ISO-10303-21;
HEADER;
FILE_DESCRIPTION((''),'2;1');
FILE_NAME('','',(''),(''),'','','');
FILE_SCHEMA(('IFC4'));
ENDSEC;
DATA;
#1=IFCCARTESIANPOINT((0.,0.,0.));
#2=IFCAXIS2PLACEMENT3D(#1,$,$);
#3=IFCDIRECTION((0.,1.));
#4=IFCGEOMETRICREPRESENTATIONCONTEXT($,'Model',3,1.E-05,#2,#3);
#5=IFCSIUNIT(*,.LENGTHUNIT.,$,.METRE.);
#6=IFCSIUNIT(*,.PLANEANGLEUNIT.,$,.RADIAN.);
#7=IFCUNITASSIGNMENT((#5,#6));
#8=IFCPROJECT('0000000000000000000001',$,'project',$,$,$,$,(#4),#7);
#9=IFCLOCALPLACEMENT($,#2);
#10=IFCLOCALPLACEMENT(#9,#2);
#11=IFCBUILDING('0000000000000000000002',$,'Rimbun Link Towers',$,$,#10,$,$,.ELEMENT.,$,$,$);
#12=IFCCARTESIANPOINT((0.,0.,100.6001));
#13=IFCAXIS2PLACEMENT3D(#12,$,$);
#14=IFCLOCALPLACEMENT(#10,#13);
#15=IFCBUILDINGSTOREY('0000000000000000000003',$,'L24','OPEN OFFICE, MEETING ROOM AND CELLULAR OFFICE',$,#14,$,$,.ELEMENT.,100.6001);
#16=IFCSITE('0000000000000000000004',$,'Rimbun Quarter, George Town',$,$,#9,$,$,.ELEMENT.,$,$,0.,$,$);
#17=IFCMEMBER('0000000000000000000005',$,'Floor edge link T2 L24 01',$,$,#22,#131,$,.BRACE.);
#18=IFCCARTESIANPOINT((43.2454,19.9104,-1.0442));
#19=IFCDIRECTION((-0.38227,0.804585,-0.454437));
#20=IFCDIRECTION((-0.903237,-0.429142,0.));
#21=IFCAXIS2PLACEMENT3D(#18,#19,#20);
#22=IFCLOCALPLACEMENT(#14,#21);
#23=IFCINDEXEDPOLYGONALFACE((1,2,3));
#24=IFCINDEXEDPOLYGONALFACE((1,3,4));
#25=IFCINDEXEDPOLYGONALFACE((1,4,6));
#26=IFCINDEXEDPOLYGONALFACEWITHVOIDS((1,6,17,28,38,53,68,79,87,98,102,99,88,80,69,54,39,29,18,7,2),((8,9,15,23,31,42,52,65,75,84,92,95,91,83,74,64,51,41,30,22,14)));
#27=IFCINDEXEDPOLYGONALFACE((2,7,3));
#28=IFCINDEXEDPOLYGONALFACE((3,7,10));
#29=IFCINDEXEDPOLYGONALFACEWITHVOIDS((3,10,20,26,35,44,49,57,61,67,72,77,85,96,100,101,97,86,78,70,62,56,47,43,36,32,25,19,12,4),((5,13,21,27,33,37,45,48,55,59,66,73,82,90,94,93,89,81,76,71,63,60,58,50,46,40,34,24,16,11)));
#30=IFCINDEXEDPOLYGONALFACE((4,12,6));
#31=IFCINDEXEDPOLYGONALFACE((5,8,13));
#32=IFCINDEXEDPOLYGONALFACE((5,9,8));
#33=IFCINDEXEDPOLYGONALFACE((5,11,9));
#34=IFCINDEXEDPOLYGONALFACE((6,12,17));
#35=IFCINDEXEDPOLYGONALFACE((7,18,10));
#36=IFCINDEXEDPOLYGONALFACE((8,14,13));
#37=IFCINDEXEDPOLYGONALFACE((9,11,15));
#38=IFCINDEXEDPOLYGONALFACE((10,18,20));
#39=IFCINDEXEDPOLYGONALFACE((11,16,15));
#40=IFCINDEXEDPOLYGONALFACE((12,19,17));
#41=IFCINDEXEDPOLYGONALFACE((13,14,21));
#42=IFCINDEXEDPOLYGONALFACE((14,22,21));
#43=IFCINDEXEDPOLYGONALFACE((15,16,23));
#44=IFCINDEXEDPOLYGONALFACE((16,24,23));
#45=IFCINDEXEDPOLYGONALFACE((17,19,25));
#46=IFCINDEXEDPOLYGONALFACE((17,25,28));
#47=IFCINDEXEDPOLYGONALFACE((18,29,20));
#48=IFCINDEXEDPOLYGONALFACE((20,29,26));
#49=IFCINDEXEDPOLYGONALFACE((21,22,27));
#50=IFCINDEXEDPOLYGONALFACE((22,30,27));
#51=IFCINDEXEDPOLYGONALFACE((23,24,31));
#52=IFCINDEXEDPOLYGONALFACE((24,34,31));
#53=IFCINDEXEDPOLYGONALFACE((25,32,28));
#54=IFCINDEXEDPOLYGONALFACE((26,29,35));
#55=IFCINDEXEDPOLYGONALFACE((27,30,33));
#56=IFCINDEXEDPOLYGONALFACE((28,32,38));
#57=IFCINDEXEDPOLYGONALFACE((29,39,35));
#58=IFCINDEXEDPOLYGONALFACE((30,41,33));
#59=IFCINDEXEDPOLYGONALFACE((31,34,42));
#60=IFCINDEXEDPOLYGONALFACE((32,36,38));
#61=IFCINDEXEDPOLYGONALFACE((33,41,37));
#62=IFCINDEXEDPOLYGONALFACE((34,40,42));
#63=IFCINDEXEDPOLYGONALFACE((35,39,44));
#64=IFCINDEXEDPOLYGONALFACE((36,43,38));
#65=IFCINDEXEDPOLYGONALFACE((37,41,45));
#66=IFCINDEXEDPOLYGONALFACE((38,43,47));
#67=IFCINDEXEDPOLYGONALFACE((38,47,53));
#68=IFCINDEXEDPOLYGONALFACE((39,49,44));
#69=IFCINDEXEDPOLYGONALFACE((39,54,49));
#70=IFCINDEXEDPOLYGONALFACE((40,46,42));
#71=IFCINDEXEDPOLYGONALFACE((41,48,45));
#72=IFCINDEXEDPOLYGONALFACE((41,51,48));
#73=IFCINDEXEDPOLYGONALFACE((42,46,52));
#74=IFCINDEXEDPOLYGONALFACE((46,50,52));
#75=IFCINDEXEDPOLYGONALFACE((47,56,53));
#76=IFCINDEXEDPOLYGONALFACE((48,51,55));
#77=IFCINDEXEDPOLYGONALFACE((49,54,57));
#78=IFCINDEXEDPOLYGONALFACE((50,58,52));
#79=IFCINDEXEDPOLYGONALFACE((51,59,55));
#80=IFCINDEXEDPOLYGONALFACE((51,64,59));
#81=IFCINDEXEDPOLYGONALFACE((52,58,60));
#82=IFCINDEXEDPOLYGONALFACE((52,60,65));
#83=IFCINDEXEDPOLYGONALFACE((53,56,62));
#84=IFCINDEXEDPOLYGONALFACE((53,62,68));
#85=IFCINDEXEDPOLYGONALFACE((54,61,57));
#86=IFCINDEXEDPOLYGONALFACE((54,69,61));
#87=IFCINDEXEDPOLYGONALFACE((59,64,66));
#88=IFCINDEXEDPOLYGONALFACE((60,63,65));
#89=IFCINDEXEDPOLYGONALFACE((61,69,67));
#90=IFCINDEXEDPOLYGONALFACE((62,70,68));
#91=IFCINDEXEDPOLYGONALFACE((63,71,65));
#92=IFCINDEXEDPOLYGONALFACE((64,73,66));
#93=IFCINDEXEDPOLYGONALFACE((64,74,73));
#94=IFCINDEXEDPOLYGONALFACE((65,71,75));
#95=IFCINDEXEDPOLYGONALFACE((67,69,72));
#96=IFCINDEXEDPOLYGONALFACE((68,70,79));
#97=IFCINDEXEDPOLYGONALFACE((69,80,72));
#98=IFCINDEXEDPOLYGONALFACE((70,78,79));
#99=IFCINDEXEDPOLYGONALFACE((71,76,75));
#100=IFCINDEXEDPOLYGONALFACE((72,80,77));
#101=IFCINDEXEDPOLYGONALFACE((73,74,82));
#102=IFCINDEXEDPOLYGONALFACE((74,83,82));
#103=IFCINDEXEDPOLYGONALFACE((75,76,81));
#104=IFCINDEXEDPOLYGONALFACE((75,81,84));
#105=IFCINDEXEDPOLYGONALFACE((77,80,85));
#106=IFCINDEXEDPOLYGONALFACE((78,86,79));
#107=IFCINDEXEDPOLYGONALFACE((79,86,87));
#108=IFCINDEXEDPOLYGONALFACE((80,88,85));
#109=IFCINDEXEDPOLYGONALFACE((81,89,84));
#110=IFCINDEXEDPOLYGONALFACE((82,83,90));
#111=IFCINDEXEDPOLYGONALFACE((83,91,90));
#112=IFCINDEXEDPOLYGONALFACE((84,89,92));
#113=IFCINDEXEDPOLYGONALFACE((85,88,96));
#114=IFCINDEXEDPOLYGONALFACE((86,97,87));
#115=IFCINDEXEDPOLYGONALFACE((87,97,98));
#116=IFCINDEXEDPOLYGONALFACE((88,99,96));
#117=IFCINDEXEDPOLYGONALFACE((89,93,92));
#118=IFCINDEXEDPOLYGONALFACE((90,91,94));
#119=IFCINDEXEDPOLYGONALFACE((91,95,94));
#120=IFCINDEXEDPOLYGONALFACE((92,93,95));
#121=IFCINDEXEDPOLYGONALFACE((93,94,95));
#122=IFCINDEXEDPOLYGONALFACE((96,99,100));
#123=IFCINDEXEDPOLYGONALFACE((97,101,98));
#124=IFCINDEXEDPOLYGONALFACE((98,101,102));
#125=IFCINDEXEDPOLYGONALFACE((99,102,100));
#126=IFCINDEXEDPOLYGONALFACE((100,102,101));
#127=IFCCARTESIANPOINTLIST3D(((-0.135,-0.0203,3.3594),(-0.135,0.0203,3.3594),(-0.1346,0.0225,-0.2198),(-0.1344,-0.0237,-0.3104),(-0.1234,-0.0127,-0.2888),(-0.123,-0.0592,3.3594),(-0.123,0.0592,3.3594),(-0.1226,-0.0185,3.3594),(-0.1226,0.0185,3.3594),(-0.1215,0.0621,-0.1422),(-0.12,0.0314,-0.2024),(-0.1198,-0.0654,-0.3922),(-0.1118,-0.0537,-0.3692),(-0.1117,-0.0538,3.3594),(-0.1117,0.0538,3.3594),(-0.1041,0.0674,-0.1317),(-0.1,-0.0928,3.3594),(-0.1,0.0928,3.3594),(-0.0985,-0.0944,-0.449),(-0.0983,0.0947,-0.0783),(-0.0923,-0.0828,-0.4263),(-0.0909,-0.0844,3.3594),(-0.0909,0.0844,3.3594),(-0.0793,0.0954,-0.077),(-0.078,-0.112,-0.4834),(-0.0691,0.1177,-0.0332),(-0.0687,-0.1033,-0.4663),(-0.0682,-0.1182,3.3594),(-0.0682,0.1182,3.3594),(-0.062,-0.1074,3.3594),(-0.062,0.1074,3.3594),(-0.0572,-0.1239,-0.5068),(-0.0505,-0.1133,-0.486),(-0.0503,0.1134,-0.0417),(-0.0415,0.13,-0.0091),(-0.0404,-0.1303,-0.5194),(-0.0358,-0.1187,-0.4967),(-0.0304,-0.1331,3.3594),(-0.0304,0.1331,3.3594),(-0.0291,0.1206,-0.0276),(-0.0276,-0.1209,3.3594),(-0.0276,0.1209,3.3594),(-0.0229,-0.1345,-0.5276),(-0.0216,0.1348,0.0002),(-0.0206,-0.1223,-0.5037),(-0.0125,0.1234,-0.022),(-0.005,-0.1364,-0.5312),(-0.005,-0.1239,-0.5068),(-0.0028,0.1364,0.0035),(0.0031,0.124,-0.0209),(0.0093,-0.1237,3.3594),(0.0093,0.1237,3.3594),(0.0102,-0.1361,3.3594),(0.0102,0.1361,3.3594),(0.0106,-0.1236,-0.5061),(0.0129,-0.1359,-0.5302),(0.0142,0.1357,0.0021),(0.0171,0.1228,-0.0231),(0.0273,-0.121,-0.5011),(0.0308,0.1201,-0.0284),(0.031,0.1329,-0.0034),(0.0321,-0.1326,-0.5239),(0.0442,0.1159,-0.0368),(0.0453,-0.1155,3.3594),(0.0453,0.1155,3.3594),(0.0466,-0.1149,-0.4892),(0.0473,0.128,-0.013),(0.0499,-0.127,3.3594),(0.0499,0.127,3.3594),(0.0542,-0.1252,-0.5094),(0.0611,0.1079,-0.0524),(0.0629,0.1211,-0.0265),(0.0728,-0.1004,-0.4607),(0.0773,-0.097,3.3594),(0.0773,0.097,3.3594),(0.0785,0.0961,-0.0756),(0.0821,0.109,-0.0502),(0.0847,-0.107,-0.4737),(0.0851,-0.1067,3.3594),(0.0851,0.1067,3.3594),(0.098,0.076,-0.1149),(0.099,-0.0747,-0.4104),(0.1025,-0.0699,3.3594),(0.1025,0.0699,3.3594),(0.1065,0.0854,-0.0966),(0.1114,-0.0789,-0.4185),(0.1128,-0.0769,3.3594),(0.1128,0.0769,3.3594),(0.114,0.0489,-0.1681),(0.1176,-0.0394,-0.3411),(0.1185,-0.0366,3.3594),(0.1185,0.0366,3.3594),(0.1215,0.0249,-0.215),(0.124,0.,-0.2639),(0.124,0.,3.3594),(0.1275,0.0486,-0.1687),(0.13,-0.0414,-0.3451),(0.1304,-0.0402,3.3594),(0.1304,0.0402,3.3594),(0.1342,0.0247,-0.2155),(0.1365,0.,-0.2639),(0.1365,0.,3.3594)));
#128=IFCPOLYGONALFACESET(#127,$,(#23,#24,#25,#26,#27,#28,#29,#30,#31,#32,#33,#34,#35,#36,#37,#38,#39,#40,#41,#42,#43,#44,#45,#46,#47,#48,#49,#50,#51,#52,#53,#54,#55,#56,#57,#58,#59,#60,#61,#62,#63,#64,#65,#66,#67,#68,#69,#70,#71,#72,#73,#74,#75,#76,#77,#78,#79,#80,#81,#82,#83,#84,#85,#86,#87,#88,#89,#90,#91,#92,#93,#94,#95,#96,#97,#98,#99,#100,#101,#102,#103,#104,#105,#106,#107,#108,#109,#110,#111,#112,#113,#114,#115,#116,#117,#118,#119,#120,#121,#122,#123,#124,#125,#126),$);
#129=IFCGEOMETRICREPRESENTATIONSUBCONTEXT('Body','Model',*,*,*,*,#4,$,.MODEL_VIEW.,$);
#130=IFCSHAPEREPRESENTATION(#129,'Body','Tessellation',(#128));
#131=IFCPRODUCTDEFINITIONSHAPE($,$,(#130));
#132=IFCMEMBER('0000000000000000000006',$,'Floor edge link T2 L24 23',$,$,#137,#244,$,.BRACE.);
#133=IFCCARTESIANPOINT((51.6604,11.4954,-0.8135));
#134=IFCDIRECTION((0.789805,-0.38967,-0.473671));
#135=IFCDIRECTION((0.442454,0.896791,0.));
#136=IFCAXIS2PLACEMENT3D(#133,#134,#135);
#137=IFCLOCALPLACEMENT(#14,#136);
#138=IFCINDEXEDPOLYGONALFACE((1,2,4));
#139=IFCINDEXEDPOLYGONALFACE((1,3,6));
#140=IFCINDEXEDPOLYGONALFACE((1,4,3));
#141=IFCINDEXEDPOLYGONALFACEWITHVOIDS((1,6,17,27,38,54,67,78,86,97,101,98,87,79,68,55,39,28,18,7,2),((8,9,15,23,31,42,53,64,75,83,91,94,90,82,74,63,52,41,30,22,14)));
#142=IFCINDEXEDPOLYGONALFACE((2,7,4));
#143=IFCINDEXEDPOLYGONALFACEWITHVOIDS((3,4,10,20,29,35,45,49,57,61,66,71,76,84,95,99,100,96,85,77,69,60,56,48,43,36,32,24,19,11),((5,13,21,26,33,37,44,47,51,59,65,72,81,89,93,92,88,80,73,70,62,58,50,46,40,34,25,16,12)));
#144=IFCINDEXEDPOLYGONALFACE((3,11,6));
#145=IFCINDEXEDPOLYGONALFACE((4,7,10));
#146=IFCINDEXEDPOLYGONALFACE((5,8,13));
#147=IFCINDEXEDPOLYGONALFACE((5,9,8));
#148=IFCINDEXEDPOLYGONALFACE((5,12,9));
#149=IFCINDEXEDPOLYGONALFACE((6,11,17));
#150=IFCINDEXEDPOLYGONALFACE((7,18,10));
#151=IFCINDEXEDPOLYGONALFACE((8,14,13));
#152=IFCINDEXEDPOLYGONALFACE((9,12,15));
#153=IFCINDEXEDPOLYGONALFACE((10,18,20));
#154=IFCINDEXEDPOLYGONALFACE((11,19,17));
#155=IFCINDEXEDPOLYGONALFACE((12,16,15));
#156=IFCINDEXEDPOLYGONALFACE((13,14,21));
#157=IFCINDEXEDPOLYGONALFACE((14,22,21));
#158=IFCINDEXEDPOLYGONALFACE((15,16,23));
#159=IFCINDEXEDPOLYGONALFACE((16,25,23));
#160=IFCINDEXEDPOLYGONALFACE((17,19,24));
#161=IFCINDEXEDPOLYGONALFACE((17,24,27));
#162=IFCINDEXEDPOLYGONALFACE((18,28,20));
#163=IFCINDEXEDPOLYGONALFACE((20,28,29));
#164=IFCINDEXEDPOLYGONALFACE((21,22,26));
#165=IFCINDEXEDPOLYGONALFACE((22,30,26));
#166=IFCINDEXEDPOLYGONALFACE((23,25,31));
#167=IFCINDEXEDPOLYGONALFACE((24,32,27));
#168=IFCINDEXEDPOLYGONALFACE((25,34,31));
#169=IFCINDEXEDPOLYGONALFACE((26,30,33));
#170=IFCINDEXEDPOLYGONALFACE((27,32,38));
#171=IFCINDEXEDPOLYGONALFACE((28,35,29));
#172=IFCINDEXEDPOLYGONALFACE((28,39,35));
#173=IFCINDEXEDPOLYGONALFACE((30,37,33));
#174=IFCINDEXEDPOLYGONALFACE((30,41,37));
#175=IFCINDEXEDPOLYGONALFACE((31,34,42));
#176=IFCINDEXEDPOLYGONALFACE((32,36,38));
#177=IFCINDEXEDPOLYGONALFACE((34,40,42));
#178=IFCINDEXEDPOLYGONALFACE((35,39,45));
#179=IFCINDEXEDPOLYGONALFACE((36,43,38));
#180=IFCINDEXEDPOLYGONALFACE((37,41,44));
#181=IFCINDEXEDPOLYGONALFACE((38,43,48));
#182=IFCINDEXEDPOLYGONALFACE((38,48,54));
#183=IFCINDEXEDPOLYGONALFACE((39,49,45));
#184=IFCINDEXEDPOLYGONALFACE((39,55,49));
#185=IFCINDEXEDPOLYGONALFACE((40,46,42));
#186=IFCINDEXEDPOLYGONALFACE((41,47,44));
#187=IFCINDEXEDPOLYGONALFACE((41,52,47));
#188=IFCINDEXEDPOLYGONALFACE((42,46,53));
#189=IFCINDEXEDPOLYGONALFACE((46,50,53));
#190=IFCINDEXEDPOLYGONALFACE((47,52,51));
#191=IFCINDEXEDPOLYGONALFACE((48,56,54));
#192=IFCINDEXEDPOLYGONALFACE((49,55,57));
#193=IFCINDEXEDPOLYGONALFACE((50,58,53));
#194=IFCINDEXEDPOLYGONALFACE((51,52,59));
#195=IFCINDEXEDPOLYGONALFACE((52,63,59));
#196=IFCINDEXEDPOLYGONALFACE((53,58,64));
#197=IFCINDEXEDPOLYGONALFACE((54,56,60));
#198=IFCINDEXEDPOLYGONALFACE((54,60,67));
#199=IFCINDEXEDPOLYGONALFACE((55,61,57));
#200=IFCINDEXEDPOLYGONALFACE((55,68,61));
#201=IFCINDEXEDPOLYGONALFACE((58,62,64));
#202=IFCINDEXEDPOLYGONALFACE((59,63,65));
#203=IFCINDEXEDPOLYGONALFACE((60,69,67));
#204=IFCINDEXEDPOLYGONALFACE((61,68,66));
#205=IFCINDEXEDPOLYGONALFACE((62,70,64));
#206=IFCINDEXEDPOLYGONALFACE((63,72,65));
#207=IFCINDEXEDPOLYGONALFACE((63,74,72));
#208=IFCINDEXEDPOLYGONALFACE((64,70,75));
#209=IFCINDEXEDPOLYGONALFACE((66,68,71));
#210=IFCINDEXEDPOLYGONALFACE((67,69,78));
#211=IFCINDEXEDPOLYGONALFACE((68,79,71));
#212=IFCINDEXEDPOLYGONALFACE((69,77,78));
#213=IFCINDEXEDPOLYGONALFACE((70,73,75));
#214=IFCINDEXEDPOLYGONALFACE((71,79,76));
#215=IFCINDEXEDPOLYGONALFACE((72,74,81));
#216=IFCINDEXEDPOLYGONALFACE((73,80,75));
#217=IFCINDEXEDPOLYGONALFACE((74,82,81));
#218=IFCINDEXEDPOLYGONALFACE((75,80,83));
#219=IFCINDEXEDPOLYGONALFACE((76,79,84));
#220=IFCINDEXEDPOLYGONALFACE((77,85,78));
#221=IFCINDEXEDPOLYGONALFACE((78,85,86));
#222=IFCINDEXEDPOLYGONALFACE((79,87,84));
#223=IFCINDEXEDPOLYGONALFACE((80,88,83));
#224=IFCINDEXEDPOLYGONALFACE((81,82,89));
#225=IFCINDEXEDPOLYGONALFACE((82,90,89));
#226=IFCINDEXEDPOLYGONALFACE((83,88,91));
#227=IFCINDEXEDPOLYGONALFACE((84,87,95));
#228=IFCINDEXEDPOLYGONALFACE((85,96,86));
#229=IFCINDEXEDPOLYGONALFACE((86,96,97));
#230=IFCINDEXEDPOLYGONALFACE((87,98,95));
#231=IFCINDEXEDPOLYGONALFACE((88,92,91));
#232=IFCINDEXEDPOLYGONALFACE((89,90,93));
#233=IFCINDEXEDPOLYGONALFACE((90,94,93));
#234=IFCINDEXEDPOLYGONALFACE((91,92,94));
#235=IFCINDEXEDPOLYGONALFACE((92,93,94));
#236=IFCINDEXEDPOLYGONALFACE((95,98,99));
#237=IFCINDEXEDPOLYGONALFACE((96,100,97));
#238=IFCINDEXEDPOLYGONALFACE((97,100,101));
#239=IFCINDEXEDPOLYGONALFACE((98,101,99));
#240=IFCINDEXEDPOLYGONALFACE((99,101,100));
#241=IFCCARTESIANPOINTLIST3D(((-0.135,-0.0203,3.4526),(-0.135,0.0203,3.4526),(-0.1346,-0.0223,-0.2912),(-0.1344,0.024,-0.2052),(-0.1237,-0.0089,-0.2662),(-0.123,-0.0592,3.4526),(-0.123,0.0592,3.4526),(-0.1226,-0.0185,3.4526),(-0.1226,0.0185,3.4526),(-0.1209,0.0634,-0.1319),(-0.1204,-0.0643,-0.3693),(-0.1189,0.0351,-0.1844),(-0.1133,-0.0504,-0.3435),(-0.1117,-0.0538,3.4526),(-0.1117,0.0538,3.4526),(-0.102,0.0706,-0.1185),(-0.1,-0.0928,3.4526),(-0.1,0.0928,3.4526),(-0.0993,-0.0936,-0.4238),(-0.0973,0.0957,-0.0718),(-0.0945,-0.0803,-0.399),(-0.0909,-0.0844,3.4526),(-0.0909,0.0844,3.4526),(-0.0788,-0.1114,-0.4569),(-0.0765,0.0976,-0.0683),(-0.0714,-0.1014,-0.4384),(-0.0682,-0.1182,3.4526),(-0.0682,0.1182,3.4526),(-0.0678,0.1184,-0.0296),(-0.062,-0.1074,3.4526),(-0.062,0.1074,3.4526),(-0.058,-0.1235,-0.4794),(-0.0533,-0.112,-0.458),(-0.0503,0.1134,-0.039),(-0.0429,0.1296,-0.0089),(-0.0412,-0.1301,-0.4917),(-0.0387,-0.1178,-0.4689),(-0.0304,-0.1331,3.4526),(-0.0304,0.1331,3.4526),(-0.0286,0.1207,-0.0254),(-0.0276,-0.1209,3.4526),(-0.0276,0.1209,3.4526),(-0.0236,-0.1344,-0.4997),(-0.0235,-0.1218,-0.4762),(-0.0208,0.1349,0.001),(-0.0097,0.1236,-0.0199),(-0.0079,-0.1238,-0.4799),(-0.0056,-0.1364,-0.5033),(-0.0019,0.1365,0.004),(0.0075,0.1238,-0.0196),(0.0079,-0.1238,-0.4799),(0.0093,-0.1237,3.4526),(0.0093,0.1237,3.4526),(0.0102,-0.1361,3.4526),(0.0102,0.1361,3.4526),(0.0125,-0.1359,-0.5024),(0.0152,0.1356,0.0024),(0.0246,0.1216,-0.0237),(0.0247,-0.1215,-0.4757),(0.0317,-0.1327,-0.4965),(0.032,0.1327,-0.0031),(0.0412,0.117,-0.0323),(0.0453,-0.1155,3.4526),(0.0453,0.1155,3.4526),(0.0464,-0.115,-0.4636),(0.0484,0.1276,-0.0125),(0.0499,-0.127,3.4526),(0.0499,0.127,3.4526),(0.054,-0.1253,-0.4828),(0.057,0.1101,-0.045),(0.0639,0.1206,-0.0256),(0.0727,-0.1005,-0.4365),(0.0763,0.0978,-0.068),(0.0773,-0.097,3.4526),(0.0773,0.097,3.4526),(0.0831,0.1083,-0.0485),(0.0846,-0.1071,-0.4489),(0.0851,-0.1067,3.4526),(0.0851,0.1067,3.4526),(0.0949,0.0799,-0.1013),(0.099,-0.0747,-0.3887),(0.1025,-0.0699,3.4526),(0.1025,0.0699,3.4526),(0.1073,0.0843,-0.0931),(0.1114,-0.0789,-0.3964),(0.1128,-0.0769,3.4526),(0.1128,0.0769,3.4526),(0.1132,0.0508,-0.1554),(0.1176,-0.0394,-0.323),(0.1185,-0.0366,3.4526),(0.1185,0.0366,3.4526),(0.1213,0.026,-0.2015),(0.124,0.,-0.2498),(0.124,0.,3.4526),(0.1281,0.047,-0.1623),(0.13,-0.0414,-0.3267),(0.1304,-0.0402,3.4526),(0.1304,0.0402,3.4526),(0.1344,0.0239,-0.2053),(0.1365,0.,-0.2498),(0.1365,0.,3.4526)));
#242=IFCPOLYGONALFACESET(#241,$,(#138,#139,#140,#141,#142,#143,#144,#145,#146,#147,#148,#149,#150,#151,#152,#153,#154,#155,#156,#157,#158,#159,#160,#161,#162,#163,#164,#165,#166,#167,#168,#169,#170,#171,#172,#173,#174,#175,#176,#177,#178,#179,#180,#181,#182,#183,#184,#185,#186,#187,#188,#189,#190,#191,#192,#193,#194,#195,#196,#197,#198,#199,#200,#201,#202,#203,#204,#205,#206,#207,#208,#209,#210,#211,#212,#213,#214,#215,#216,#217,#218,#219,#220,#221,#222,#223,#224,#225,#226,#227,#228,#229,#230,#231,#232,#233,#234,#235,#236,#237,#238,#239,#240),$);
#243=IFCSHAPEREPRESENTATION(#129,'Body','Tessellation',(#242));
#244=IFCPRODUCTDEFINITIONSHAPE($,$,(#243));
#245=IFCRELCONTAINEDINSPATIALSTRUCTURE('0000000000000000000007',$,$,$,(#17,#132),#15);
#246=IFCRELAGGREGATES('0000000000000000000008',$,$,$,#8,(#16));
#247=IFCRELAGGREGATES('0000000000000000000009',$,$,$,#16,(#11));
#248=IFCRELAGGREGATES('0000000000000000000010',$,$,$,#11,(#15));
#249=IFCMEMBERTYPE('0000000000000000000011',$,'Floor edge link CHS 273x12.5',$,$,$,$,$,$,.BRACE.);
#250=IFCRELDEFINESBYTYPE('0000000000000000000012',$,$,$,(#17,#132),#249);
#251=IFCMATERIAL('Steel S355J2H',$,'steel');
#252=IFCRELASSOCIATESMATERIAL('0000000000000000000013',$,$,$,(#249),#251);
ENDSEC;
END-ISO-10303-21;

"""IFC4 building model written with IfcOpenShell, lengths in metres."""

from ifc_helpers import new_model, si_unit, direction, frame, origin, origin_2d, place, context, subcontext, project, spatial, hollow_circle, extrude, clip, halfspace, material, material_profile, profile_set, type_object, element, save


model = new_model("IFC4")

# Units and contexts
model_context = context("Model", 3, precision=1e-05, world=origin(), true_north=direction((0.0, 1.0)))
body_context = subcontext(model_context, "Body", "Model", "MODEL_VIEW")
ifc_project = project(units=[si_unit("LENGTHUNIT", "METRE"), si_unit("PLANEANGLEUNIT", "RADIAN")], contexts=[model_context])

# Site, building, storey
site_placement = place(None, origin())
site = spatial("IfcSite", under=ifc_project, at=site_placement, Name="Rimbun Quarter, George Town", CompositionType="ELEMENT", RefElevation=0.0)
building_placement = place(site_placement, origin())
building = spatial("IfcBuilding", under=site, at=building_placement, Name="Rimbun Link Towers", CompositionType="ELEMENT")
storey_placement = place(building_placement, frame((0.0, 0.0, 100.6001)))
storey = spatial("IfcBuildingStorey", under=building, at=storey_placement, Name="L24", Description="OPEN OFFICE, MEETING ROOM AND CELLULAR OFFICE", CompositionType="ELEMENT", Elevation=100.6001)

# Members
ifc_material_1 = material(Name="Steel S355J2H", Category="steel")
ifc_material_profile_1 = material_profile(ifc_material_1, hollow_circle(Radius=0.1365, WallThickness=0.0125, at=origin_2d()), Name="CHS 273x12.5")
ifc_profile_set_1 = profile_set([ifc_material_profile_1], Name="Steel S355J2H")
member_type_1 = type_object("IfcMemberType", Name="Floor edge link CHS 273x12.5", PredefinedType="BRACE", material=ifc_profile_set_1)
member_1_placement = place(storey_placement, frame((43.2454, 19.9104, -1.0442), z_axis=(-0.38227, 0.804585, -0.454437), x_axis=(-0.903237, -0.429142, 0.0)))
element("IfcMember", 1, at=member_1_placement, inside=storey, type_object=member_type_1, Name="Floor edge link T2 L24 01", PredefinedType="BRACE", context=body_context, shape_type="Clipping", body=[
    clip(extrude(hollow_circle(Radius=0.1365, WallThickness=0.0125, at=origin_2d()), frame((0.0, 0.0, -0.5571)), (0.0, 0.0, 1.0), 3.9165), halfspace(frame((0.0, 0.0, -0.2639), z_axis=(0.0, 0.890779, -0.454437)), False)),
])
member_2_placement = place(storey_placement, frame((51.6604, 11.4954, -0.8135), z_axis=(0.789805, -0.38967, -0.473671), x_axis=(0.442454, 0.896791, 0.0)))
element("IfcMember", 2, at=member_2_placement, inside=storey, type_object=member_type_1, Name="Floor edge link T2 L24 23", PredefinedType="BRACE", context=body_context, shape_type="Clipping", body=[
    clip(extrude(hollow_circle(Radius=0.1365, WallThickness=0.0125, at=origin_2d()), frame((0.0, 0.0, -0.5288)), (0.0, 0.0, 1.0), 3.9814), halfspace(frame((0.0, 0.0, -0.2498), z_axis=(0.0, 0.880702, -0.473671)), False)),
])

save(model, "model.ifc")
